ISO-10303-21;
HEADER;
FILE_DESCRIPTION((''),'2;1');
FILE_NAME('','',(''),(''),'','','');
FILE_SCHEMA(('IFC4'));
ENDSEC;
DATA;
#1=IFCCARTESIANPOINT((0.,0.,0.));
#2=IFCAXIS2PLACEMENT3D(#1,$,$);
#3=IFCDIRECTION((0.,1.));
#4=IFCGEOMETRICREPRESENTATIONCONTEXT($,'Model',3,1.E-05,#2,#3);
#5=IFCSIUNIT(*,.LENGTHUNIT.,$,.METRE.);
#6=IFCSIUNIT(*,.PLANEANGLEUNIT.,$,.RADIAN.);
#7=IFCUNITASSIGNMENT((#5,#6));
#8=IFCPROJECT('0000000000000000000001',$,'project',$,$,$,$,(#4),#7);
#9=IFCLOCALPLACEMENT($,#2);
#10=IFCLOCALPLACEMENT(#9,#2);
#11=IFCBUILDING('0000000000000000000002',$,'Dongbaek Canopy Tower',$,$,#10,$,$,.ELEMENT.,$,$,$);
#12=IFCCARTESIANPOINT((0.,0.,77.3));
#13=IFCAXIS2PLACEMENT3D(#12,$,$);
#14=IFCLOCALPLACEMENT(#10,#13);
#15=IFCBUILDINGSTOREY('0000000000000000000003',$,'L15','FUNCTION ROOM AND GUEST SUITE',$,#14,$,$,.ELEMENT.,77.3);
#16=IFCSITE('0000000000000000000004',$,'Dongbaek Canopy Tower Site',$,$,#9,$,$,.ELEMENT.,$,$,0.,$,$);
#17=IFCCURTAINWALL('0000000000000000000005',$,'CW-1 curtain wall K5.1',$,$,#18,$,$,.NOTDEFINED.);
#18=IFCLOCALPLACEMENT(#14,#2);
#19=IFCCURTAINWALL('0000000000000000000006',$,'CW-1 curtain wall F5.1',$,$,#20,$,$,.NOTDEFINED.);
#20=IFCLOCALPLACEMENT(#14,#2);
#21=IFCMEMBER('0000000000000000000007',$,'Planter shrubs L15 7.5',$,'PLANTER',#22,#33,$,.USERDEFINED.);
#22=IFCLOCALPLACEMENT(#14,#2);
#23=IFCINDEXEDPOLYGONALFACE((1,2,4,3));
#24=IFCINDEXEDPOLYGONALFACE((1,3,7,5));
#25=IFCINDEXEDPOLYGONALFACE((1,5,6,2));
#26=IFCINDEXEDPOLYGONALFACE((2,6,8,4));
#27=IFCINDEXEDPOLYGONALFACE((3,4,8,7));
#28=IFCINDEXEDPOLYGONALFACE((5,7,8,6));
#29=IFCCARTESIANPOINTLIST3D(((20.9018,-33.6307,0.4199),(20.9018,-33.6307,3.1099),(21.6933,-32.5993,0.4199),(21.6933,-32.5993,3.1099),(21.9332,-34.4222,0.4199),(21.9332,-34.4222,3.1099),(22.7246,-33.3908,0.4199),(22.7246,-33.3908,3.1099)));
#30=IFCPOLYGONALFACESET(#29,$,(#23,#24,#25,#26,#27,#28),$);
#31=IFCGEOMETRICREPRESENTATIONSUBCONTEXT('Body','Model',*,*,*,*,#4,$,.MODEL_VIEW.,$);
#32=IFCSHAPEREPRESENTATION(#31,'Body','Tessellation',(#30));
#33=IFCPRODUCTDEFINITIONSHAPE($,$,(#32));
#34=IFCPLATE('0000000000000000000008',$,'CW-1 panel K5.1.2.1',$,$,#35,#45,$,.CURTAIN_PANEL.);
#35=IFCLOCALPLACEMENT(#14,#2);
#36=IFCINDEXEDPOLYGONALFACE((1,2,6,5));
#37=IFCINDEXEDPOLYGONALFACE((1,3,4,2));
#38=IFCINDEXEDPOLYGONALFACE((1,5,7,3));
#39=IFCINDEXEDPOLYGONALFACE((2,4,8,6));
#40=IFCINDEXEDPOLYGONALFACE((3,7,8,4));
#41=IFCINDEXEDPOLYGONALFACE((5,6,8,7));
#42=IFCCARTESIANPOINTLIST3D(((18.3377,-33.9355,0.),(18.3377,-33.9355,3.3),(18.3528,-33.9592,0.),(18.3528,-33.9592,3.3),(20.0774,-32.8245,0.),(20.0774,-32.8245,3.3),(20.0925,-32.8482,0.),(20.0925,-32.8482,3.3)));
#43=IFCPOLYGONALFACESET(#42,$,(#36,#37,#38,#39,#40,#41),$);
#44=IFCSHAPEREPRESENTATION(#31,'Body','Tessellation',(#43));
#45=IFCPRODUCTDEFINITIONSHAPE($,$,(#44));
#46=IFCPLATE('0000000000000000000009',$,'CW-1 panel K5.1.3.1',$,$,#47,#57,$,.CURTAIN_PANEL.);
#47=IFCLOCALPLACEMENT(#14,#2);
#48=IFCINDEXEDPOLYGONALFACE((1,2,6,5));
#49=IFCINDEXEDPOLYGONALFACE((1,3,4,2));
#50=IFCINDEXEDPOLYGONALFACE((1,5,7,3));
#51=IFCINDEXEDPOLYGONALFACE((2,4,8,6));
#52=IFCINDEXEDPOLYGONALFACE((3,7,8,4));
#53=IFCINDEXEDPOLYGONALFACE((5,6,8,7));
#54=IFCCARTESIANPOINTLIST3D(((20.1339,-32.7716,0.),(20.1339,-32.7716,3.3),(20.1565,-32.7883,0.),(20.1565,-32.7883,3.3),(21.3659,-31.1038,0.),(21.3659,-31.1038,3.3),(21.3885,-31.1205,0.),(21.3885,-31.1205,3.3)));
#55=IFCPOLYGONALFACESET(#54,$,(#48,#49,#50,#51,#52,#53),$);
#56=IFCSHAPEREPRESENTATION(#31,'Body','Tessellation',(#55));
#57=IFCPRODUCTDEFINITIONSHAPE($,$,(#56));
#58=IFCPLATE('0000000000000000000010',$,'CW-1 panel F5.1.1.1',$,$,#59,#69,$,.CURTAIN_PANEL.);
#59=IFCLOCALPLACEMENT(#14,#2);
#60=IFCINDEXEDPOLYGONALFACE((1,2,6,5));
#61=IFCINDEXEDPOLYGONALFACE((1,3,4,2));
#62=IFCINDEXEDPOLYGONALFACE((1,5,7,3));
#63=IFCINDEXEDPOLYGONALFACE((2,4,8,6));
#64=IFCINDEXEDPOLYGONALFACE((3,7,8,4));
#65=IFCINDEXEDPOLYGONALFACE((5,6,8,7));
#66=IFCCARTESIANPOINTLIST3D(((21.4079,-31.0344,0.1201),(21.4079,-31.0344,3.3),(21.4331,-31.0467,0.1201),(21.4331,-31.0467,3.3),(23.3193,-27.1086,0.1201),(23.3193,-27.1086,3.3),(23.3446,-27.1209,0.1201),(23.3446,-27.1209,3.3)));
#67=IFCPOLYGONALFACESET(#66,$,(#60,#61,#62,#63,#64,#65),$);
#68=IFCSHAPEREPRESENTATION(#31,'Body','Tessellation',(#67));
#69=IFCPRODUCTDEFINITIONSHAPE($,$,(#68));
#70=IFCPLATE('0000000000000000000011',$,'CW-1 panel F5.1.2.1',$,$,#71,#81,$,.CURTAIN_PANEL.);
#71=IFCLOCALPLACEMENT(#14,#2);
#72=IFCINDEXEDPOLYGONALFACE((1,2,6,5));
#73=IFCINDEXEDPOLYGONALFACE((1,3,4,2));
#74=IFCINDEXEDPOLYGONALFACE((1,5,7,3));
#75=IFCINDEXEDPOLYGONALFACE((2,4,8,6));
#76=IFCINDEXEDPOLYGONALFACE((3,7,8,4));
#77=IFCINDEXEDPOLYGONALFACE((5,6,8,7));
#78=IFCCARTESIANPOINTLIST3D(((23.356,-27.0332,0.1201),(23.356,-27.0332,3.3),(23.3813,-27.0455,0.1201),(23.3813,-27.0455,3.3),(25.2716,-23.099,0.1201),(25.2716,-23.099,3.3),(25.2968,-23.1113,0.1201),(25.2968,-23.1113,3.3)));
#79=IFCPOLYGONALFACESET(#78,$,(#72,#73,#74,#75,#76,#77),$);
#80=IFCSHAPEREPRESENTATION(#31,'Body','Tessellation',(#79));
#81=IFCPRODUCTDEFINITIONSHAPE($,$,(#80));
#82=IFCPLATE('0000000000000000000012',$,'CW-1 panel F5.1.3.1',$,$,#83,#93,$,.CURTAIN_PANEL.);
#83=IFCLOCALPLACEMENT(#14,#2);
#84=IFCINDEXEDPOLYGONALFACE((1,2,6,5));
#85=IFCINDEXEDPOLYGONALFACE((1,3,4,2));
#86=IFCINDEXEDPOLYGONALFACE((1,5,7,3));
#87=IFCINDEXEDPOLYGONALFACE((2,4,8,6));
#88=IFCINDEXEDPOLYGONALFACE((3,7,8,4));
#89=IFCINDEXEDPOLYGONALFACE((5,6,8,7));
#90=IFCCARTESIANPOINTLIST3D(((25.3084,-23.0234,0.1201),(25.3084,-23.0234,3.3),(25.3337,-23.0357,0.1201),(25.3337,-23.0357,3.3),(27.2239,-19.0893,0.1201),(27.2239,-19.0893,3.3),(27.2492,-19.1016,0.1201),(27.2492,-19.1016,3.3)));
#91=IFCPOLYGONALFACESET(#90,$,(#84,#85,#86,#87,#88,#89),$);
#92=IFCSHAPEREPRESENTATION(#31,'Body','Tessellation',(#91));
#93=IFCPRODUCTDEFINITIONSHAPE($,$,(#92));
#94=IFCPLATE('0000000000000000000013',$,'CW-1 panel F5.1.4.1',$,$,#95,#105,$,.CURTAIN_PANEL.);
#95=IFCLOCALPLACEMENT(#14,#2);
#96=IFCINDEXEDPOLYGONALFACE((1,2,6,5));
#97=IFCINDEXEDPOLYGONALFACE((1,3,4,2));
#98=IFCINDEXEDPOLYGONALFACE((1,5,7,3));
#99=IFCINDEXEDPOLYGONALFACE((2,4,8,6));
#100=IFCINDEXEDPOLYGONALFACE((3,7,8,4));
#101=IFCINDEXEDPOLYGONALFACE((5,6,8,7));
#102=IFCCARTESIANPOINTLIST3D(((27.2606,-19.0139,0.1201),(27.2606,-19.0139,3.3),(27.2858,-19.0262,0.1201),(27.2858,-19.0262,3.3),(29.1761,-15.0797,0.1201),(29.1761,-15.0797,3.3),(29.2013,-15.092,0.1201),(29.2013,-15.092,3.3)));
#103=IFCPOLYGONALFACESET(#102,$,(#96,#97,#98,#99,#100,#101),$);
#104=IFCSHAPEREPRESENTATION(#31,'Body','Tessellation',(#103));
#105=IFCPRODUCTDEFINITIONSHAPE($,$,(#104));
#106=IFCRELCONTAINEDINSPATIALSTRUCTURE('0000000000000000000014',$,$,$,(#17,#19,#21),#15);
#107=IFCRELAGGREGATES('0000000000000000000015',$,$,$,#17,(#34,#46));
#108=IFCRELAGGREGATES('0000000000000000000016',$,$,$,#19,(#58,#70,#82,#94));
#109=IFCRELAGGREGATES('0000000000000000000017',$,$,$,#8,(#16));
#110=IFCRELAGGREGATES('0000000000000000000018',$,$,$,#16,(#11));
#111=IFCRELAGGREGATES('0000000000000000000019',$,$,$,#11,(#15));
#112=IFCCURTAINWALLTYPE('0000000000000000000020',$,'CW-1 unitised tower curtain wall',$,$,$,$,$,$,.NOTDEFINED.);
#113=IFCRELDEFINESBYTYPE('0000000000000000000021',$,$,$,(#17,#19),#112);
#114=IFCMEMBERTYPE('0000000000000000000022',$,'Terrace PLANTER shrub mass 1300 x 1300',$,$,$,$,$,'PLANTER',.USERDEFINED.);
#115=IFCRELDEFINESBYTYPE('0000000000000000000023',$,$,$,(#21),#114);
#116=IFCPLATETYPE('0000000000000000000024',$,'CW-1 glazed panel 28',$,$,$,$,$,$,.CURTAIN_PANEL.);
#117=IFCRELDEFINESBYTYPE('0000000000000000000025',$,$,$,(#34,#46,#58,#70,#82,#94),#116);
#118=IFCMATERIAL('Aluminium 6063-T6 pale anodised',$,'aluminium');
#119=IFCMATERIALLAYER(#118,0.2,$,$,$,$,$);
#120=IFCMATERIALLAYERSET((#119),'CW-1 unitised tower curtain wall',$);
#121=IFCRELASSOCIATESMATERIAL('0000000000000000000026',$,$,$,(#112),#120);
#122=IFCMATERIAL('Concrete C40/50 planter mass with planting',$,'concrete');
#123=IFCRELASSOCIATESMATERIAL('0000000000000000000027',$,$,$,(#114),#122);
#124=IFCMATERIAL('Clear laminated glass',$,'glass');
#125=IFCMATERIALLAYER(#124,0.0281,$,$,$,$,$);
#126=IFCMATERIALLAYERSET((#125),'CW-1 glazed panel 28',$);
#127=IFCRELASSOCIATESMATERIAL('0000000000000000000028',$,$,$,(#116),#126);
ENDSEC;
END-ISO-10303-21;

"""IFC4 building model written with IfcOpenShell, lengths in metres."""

from ifc_helpers import new_model, si_unit, direction, frame, origin, origin_2d, place, context, subcontext, project, spatial, rectangle, extrude, material, layer, layer_set, material_profile, profile_set, type_object, element, aggregate, save


model = new_model("IFC4")

# Units and contexts
model_context = context("Model", 3, precision=1e-05, world=origin(), true_north=direction((0.0, 1.0)))
body_context = subcontext(model_context, "Body", "Model", "MODEL_VIEW")
ifc_project = project(units=[si_unit("LENGTHUNIT", "METRE"), si_unit("PLANEANGLEUNIT", "RADIAN")], contexts=[model_context])

# Site, building, storey
site_placement = place(None, origin())
site = spatial("IfcSite", under=ifc_project, at=site_placement, Name="Dongbaek Canopy Tower Site", CompositionType="ELEMENT", RefElevation=0.0)
building_placement = place(site_placement, origin())
building = spatial("IfcBuilding", under=site, at=building_placement, Name="Dongbaek Canopy Tower", CompositionType="ELEMENT")
storey_placement = place(building_placement, frame((0.0, 0.0, 77.3)))
storey = spatial("IfcBuildingStorey", under=building, at=storey_placement, Name="L15", Description="FUNCTION ROOM AND GUEST SUITE", CompositionType="ELEMENT", Elevation=77.3)

# Curtain walls
ifc_material_1 = material(Name="Aluminium 6063-T6 pale anodised", Category="aluminium")
ifc_layer_1 = layer(ifc_material_1, 0.2)
ifc_layer_set_1 = layer_set([ifc_layer_1], Name="CW-1 unitised tower curtain wall")
curtain_wall_type = type_object("IfcCurtainWallType", Name="CW-1 unitised tower curtain wall", PredefinedType="NOTDEFINED", material=ifc_layer_set_1)
curtain_wall_1_placement = place(storey_placement, origin())
curtain_wall_1 = element("IfcCurtainWall", 1, at=curtain_wall_1_placement, inside=storey, type_object=curtain_wall_type, Name="CW-1 curtain wall K5.1", PredefinedType="NOTDEFINED")
curtain_wall_2_placement = place(storey_placement, origin())
curtain_wall_2 = element("IfcCurtainWall", 2, at=curtain_wall_2_placement, inside=storey, type_object=curtain_wall_type, Name="CW-1 curtain wall F5.1", PredefinedType="NOTDEFINED")

# Member
ifc_material_2 = material(Name="Concrete C40/50 planter mass with planting", Category="concrete")
ifc_material_profile_1 = material_profile(ifc_material_2, rectangle(XDim=1.3, YDim=1.3, at=origin_2d()), Name="Terrace PLANTER shrub mass 1300 x 1300")
ifc_profile_set_1 = profile_set([ifc_material_profile_1], Name="Concrete C40/50 planter mass with planting")
member_type_1 = type_object("IfcMemberType", Name="Terrace PLANTER shrub mass 1300 x 1300", ElementType="PLANTER", PredefinedType="USERDEFINED", material=ifc_profile_set_1)
member_1_placement = place(storey_placement, frame((21.8132, -33.5107, 0.4199), z_axis=(0.0, 0.0, 1.0), x_axis=(0.793329, -0.608794, 0.0)))
element("IfcMember", 3, at=member_1_placement, inside=storey, type_object=member_type_1, Name="Planter shrubs L15 7.5", ObjectType="PLANTER", PredefinedType="USERDEFINED", context=body_context, shape_type="SweptSolid", body=[
    extrude(rectangle(XDim=1.3, YDim=1.3, at=origin_2d()), origin(), (0.0, 0.0, 1.0), 2.6899),
])

# Plates
ifc_material_3 = material(Name="Clear laminated glass", Category="glass")
ifc_layer_2 = layer(ifc_material_3, 0.0281)
ifc_layer_set_2 = layer_set([ifc_layer_2], Name="CW-1 glazed panel 28")
plate_type = type_object("IfcPlateType", Name="CW-1 glazed panel 28", PredefinedType="CURTAIN_PANEL", material=ifc_layer_set_2)
plate_1_placement = place(storey_placement, frame((19.2151, -33.3918, 0.0), z_axis=(0.0, 0.0, 1.0), x_axis=(0.842805, 0.538219, 0.0)))
plate_1 = element("IfcPlate", 4, at=plate_1_placement, type_object=plate_type, Name="CW-1 panel K5.1.2.1", PredefinedType="CURTAIN_PANEL", context=body_context, shape_type="SweptSolid", body=[
    extrude(rectangle(XDim=2.0642, YDim=0.0281, at=origin_2d()), origin(), (0.0, 0.0, 1.0), 3.3),
])
plate_2_placement = place(storey_placement, frame((20.7612, -31.946, 0.0), z_axis=(0.0, 0.0, 1.0), x_axis=(0.594165, 0.804343, 0.0)))
plate_2 = element("IfcPlate", 5, at=plate_2_placement, type_object=plate_type, Name="CW-1 panel K5.1.3.1", PredefinedType="CURTAIN_PANEL", context=body_context, shape_type="SweptSolid", body=[
    extrude(rectangle(XDim=2.0735, YDim=0.0281, at=origin_2d()), origin(), (0.0, 0.0, 1.0), 3.3),
])
aggregate(curtain_wall_1, [plate_1, plate_2])
plate_3_placement = place(storey_placement, frame((22.3762, -29.0776, 0.1201), z_axis=(0.0, 0.0, 1.0), x_axis=(0.437759, 0.899092, 0.0)))
plate_3 = element("IfcPlate", 6, at=plate_3_placement, type_object=plate_type, Name="CW-1 panel F5.1.1.1", PredefinedType="CURTAIN_PANEL", context=body_context, shape_type="SweptSolid", body=[
    extrude(rectangle(XDim=4.3665, YDim=0.0281, at=origin_2d()), origin(), (0.0, 0.0, 1.0), 3.1799),
])
plate_4_placement = place(storey_placement, frame((24.3264, -25.0723, 0.1201), z_axis=(0.0, 0.0, 1.0), x_axis=(0.437759, 0.899092, 0.0)))
plate_4 = element("IfcPlate", 7, at=plate_4_placement, type_object=plate_type, Name="CW-1 panel F5.1.2.1", PredefinedType="CURTAIN_PANEL", context=body_context, shape_type="SweptSolid", body=[
    extrude(rectangle(XDim=4.3757, YDim=0.0281, at=origin_2d()), origin(), (0.0, 0.0, 1.0), 3.1799),
])
plate_5_placement = place(storey_placement, frame((26.2788, -21.0625, 0.1201), z_axis=(0.0, 0.0, 1.0), x_axis=(0.437759, 0.899092, 0.0)))
plate_5 = element("IfcPlate", 8, at=plate_5_placement, type_object=plate_type, Name="CW-1 panel F5.1.3.1", PredefinedType="CURTAIN_PANEL", context=body_context, shape_type="SweptSolid", body=[
    extrude(rectangle(XDim=4.3757, YDim=0.0281, at=origin_2d()), origin(), (0.0, 0.0, 1.0), 3.1799),
])
plate_6_placement = place(storey_placement, frame((28.231, -17.053, 0.1201), z_axis=(0.0, 0.0, 1.0), x_axis=(0.437759, 0.899092, 0.0)))
plate_6 = element("IfcPlate", 9, at=plate_6_placement, type_object=plate_type, Name="CW-1 panel F5.1.4.1", PredefinedType="CURTAIN_PANEL", context=body_context, shape_type="SweptSolid", body=[
    extrude(rectangle(XDim=4.3757, YDim=0.0281, at=origin_2d()), origin(), (0.0, 0.0, 1.0), 3.1799),
])

aggregate(curtain_wall_2, [plate_3, plate_4, plate_5, plate_6])

save(model, "model.ifc")
